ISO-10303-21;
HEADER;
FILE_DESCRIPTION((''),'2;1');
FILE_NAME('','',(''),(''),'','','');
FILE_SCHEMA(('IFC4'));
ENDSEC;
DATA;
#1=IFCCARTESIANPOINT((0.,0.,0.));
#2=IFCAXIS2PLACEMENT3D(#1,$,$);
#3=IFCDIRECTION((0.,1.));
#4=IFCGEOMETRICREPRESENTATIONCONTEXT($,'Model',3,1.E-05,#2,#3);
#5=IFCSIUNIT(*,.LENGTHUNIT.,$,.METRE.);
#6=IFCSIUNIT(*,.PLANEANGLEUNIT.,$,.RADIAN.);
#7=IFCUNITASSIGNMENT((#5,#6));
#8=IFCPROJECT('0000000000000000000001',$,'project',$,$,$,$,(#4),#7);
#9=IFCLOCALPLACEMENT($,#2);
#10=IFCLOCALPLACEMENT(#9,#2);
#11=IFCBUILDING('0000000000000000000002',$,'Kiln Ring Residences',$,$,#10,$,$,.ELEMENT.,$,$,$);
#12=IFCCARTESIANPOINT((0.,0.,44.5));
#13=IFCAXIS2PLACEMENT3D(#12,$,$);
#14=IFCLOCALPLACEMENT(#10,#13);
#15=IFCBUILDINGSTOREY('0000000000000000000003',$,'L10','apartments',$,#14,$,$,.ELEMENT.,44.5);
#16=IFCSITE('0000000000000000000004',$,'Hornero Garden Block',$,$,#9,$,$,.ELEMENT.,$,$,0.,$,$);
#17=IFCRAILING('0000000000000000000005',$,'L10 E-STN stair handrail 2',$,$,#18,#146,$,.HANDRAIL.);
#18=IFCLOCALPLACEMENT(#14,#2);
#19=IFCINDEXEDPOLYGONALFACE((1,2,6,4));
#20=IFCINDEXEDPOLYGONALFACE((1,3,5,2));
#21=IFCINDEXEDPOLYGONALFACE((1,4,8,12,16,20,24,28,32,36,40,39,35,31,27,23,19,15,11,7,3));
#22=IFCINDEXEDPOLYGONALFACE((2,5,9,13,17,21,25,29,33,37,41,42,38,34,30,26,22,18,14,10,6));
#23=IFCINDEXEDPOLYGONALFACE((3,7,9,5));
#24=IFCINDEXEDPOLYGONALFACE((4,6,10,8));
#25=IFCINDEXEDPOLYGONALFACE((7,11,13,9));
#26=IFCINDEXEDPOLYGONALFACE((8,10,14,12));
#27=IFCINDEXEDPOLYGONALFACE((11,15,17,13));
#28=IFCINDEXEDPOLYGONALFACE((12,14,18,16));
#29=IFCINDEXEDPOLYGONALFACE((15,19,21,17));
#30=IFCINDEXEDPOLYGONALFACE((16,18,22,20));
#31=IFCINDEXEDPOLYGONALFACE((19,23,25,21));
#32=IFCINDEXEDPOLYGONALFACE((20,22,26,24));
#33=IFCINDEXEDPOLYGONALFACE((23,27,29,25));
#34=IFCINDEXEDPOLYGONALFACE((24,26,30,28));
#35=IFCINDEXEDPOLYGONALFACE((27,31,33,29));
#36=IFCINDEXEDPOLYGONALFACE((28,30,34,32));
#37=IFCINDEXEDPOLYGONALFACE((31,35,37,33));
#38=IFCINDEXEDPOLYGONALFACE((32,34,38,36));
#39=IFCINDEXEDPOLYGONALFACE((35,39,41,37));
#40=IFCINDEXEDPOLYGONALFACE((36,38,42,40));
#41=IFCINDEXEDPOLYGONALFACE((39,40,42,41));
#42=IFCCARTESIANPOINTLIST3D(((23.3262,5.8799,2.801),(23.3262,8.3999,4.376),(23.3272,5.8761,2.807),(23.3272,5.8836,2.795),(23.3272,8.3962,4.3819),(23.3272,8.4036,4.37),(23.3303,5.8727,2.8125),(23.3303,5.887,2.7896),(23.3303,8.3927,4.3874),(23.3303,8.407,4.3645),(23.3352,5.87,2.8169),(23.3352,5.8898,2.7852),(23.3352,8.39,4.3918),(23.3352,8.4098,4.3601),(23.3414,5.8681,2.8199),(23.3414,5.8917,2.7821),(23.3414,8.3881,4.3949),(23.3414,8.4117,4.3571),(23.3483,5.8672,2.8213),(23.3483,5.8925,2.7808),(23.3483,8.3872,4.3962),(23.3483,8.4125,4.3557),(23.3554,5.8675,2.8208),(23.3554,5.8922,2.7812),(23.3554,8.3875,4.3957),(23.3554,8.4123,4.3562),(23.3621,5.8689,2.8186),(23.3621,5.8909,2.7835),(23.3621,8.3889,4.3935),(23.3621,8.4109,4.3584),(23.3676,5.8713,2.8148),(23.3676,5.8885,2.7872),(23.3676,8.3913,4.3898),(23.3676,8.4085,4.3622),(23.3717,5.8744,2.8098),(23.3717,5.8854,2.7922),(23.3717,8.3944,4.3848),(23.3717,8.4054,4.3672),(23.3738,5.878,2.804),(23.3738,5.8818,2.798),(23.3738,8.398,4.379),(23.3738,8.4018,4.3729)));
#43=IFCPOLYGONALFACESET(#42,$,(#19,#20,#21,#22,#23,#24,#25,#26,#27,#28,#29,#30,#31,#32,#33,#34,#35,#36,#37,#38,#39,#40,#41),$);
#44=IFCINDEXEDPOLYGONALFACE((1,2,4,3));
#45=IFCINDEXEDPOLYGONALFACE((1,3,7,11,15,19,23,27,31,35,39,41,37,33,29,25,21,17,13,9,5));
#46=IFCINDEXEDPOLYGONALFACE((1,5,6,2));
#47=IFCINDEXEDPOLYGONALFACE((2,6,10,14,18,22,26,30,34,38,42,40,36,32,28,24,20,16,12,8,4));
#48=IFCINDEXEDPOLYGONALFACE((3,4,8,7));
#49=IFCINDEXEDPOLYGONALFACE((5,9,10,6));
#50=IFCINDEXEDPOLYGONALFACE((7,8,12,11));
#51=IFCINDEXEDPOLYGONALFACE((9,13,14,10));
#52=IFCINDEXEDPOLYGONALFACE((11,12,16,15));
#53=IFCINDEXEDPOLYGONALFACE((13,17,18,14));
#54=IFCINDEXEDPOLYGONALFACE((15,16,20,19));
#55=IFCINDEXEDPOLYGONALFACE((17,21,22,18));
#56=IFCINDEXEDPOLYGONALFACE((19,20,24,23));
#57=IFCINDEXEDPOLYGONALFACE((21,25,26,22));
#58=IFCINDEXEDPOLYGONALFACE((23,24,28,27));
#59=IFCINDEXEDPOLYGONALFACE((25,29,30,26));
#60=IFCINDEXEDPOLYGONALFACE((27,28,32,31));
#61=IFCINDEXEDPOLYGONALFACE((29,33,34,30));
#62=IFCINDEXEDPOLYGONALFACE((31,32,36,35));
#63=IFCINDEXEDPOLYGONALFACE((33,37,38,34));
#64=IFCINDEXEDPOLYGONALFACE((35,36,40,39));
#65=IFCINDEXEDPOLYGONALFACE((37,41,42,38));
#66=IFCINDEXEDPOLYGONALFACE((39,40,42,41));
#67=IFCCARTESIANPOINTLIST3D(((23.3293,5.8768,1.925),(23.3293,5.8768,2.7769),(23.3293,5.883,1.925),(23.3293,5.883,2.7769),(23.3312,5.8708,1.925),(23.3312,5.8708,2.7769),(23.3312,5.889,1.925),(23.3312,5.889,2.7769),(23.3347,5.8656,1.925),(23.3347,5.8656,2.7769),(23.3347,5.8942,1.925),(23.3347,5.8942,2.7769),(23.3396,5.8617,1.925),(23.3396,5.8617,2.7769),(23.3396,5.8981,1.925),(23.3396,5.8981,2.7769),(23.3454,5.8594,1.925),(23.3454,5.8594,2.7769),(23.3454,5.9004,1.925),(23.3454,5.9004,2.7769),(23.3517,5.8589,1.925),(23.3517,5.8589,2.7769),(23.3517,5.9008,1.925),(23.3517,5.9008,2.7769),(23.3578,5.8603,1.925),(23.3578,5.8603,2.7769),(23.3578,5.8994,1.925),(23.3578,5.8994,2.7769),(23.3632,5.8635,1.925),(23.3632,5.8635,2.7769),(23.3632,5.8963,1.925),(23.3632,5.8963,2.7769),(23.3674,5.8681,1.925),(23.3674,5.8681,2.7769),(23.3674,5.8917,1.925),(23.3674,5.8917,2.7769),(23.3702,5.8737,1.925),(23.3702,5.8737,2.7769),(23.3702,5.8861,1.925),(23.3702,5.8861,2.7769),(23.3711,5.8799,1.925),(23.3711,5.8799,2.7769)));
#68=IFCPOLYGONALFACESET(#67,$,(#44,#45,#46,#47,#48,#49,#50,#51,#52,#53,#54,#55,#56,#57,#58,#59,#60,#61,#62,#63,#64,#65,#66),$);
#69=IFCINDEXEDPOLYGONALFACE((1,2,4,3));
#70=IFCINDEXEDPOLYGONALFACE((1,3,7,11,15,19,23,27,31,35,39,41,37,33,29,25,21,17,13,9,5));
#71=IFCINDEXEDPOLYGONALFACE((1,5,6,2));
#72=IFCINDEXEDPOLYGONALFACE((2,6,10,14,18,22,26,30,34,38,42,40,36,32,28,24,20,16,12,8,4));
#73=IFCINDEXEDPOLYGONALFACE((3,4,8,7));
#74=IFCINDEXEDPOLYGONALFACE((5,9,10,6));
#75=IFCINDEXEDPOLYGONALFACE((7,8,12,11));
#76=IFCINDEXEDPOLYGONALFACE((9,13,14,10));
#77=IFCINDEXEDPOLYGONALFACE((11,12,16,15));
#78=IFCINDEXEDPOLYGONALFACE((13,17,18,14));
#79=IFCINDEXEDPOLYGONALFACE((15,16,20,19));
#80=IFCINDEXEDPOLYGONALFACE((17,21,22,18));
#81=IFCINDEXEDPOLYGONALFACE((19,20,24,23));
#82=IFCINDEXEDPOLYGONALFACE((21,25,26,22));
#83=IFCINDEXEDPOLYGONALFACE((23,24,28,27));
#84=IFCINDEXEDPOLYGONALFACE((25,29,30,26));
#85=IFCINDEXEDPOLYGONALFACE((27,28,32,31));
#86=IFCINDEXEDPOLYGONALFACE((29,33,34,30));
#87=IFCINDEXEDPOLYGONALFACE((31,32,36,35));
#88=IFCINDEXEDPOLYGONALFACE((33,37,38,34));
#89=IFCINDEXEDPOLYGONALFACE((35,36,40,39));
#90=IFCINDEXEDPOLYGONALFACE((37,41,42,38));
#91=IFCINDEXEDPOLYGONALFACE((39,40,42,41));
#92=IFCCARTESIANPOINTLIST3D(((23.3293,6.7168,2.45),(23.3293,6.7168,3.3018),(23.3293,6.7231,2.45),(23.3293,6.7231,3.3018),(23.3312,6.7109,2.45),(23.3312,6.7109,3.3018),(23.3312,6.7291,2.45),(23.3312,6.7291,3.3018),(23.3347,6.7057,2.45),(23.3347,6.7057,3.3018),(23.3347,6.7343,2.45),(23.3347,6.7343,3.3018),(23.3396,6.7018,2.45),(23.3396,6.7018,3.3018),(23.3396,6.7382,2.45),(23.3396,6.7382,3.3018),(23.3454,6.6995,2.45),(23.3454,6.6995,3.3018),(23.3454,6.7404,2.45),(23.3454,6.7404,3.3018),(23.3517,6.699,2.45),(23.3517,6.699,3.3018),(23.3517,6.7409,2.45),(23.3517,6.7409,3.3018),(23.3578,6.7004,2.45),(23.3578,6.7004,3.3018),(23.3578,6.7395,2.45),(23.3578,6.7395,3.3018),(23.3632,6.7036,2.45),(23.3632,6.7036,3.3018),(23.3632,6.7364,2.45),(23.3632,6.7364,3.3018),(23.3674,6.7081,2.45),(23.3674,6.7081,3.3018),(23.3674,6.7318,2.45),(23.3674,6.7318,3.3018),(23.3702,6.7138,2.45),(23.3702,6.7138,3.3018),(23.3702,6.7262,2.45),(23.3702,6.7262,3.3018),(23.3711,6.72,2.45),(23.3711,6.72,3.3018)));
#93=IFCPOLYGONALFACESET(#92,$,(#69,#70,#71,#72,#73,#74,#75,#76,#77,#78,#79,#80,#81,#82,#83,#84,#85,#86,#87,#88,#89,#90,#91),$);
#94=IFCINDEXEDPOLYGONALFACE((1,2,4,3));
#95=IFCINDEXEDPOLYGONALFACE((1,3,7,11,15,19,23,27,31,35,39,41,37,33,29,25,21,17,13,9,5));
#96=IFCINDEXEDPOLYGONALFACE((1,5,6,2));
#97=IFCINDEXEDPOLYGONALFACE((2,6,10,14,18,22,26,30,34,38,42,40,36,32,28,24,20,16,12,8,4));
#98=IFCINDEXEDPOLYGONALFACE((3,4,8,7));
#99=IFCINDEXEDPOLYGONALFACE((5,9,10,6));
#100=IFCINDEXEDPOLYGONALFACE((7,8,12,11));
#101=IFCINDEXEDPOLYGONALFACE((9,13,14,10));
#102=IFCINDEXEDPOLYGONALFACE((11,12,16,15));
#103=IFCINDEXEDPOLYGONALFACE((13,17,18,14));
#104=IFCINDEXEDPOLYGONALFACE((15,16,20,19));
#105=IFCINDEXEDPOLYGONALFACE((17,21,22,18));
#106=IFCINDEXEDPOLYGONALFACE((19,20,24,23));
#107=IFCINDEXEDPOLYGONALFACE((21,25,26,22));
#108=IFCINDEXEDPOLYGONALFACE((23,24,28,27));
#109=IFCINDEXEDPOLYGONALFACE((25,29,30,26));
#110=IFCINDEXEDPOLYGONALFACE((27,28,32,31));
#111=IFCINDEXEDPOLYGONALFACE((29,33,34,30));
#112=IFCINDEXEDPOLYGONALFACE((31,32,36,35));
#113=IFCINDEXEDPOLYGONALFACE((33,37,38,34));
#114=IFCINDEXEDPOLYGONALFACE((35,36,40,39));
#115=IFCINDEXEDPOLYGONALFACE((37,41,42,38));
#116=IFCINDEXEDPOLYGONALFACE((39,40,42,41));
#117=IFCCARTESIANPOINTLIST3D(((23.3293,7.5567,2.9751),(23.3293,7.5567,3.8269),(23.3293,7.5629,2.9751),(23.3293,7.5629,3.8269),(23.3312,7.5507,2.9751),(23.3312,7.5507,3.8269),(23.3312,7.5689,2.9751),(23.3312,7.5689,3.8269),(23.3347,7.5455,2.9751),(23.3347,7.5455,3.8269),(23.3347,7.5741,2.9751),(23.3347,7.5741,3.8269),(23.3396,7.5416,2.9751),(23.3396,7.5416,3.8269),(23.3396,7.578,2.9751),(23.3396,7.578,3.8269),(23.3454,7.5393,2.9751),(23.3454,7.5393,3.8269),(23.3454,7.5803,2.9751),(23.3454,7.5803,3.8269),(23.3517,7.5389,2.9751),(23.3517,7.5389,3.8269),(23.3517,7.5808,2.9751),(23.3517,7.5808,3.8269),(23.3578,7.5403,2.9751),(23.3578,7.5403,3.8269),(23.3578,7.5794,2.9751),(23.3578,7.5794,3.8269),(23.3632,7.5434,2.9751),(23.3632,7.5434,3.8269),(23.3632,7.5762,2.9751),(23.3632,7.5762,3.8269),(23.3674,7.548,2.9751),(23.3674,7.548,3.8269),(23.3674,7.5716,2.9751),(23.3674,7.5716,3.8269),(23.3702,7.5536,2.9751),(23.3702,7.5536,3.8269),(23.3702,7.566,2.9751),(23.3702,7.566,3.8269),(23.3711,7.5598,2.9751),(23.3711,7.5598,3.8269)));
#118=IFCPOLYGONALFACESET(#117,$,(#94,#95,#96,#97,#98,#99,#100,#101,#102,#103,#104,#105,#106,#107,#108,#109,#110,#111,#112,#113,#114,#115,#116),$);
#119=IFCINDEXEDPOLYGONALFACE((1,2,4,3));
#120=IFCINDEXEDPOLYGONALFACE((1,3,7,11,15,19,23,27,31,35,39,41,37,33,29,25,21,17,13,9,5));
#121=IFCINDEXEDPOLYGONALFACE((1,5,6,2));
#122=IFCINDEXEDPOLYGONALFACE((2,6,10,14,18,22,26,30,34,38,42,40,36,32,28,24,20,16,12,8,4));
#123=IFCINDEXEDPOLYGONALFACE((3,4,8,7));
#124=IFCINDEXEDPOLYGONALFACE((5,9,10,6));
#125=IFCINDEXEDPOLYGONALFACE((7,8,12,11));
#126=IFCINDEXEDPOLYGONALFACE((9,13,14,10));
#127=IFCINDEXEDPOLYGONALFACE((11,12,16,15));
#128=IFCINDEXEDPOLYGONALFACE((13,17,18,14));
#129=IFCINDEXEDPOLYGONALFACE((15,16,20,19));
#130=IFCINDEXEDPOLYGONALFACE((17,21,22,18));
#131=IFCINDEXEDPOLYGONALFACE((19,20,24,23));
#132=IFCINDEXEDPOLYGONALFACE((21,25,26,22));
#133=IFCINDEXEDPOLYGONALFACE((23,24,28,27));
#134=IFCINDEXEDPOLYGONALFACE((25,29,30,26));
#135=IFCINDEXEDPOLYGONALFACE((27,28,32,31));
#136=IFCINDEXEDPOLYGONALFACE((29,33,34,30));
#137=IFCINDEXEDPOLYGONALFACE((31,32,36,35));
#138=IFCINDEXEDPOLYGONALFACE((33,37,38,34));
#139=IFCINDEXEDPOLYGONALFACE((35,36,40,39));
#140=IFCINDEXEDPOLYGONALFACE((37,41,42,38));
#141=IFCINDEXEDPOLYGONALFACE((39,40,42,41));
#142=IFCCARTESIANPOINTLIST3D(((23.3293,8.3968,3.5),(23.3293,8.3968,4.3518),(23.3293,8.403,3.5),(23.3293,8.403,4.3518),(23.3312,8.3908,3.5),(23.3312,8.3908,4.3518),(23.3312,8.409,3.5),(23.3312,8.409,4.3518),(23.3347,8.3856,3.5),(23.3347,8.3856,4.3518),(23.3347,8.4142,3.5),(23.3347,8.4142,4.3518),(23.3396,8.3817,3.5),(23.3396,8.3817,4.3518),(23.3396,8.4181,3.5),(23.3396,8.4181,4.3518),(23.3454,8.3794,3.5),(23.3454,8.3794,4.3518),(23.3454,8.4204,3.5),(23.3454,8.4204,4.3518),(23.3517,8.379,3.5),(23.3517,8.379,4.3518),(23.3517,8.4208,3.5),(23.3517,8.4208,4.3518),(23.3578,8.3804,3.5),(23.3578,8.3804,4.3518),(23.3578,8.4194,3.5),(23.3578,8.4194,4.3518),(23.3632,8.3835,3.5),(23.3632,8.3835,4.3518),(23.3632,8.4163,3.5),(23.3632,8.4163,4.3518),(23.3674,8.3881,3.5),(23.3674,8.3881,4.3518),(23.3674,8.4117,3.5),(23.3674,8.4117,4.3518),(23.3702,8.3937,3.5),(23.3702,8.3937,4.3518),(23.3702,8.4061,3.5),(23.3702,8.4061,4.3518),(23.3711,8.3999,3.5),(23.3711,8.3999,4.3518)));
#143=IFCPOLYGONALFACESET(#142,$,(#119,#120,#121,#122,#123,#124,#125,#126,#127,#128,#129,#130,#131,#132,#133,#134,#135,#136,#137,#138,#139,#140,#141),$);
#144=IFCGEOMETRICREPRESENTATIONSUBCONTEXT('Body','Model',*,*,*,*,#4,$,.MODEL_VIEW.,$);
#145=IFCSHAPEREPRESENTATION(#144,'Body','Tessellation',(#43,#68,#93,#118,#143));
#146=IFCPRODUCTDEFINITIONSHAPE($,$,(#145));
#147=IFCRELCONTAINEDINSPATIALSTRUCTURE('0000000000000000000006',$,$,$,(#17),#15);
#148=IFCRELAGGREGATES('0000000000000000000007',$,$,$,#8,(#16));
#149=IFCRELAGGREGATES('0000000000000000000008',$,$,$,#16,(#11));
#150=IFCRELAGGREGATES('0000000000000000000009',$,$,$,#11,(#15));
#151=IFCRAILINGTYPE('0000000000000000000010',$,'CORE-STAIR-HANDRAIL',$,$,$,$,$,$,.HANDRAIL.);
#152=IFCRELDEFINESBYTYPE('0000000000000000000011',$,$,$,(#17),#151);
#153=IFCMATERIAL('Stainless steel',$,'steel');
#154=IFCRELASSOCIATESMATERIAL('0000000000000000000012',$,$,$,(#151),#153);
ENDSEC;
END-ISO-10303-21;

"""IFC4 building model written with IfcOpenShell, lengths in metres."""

from ifc_helpers import new_model, si_unit, direction, frame, origin, origin_2d, place, context, subcontext, project, spatial, circle, extrude, material, type_object, element, save


model = new_model("IFC4")

# Units and contexts
model_context = context("Model", 3, precision=1e-05, world=origin(), true_north=direction((0.0, 1.0)))
body_context = subcontext(model_context, "Body", "Model", "MODEL_VIEW")
ifc_project = project(units=[si_unit("LENGTHUNIT", "METRE"), si_unit("PLANEANGLEUNIT", "RADIAN")], contexts=[model_context])

# Site, building, storey
site_placement = place(None, origin())
site = spatial("IfcSite", under=ifc_project, at=site_placement, Name="Hornero Garden Block", CompositionType="ELEMENT", RefElevation=0.0)
building_placement = place(site_placement, origin())
building = spatial("IfcBuilding", under=site, at=building_placement, Name="Kiln Ring Residences", CompositionType="ELEMENT")
storey_placement = place(building_placement, frame((0.0, 0.0, 44.5)))
storey = spatial("IfcBuildingStorey", under=building, at=storey_placement, Name="L10", Description="apartments", CompositionType="ELEMENT", Elevation=44.5)

# Railing
ifc_material_1 = material(Name="Stainless steel", Category="steel")
railing_type_1 = type_object("IfcRailingType", Name="CORE-STAIR-HANDRAIL", PredefinedType="HANDRAIL", material=ifc_material_1)
railing_1_placement = place(storey_placement, frame((23.3501, 5.8799, 1.925)))
element("IfcRailing", 1, at=railing_1_placement, inside=storey, type_object=railing_type_1, Name="L10 E-STN stair handrail 2", PredefinedType="HANDRAIL", context=body_context, shape_type="SweptSolid", body=[
    extrude(circle(Radius=0.0239, at=origin_2d()), frame((0.0, 0.0, 0.876), z_axis=(0.0, 0.848008, 0.529984), x_axis=(-1.0, 0.0, 0.0)), (0.0, 0.0, 1.0), 2.9717),
    extrude(circle(Radius=0.021, at=origin_2d()), origin(), (0.0, 0.0, 1.0), 0.8518),
    extrude(circle(Radius=0.021, at=origin_2d()), frame((0.0, 0.8401, 0.5249)), (0.0, 0.0, 1.0), 0.8518),
    extrude(circle(Radius=0.021, at=origin_2d()), frame((0.0, 1.6799, 1.05)), (0.0, 0.0, 1.0), 0.8518),
    extrude(circle(Radius=0.021, at=origin_2d()), frame((0.0, 2.52, 1.575)), (0.0, 0.0, 1.0), 0.8518),
])

save(model, "model.ifc")
